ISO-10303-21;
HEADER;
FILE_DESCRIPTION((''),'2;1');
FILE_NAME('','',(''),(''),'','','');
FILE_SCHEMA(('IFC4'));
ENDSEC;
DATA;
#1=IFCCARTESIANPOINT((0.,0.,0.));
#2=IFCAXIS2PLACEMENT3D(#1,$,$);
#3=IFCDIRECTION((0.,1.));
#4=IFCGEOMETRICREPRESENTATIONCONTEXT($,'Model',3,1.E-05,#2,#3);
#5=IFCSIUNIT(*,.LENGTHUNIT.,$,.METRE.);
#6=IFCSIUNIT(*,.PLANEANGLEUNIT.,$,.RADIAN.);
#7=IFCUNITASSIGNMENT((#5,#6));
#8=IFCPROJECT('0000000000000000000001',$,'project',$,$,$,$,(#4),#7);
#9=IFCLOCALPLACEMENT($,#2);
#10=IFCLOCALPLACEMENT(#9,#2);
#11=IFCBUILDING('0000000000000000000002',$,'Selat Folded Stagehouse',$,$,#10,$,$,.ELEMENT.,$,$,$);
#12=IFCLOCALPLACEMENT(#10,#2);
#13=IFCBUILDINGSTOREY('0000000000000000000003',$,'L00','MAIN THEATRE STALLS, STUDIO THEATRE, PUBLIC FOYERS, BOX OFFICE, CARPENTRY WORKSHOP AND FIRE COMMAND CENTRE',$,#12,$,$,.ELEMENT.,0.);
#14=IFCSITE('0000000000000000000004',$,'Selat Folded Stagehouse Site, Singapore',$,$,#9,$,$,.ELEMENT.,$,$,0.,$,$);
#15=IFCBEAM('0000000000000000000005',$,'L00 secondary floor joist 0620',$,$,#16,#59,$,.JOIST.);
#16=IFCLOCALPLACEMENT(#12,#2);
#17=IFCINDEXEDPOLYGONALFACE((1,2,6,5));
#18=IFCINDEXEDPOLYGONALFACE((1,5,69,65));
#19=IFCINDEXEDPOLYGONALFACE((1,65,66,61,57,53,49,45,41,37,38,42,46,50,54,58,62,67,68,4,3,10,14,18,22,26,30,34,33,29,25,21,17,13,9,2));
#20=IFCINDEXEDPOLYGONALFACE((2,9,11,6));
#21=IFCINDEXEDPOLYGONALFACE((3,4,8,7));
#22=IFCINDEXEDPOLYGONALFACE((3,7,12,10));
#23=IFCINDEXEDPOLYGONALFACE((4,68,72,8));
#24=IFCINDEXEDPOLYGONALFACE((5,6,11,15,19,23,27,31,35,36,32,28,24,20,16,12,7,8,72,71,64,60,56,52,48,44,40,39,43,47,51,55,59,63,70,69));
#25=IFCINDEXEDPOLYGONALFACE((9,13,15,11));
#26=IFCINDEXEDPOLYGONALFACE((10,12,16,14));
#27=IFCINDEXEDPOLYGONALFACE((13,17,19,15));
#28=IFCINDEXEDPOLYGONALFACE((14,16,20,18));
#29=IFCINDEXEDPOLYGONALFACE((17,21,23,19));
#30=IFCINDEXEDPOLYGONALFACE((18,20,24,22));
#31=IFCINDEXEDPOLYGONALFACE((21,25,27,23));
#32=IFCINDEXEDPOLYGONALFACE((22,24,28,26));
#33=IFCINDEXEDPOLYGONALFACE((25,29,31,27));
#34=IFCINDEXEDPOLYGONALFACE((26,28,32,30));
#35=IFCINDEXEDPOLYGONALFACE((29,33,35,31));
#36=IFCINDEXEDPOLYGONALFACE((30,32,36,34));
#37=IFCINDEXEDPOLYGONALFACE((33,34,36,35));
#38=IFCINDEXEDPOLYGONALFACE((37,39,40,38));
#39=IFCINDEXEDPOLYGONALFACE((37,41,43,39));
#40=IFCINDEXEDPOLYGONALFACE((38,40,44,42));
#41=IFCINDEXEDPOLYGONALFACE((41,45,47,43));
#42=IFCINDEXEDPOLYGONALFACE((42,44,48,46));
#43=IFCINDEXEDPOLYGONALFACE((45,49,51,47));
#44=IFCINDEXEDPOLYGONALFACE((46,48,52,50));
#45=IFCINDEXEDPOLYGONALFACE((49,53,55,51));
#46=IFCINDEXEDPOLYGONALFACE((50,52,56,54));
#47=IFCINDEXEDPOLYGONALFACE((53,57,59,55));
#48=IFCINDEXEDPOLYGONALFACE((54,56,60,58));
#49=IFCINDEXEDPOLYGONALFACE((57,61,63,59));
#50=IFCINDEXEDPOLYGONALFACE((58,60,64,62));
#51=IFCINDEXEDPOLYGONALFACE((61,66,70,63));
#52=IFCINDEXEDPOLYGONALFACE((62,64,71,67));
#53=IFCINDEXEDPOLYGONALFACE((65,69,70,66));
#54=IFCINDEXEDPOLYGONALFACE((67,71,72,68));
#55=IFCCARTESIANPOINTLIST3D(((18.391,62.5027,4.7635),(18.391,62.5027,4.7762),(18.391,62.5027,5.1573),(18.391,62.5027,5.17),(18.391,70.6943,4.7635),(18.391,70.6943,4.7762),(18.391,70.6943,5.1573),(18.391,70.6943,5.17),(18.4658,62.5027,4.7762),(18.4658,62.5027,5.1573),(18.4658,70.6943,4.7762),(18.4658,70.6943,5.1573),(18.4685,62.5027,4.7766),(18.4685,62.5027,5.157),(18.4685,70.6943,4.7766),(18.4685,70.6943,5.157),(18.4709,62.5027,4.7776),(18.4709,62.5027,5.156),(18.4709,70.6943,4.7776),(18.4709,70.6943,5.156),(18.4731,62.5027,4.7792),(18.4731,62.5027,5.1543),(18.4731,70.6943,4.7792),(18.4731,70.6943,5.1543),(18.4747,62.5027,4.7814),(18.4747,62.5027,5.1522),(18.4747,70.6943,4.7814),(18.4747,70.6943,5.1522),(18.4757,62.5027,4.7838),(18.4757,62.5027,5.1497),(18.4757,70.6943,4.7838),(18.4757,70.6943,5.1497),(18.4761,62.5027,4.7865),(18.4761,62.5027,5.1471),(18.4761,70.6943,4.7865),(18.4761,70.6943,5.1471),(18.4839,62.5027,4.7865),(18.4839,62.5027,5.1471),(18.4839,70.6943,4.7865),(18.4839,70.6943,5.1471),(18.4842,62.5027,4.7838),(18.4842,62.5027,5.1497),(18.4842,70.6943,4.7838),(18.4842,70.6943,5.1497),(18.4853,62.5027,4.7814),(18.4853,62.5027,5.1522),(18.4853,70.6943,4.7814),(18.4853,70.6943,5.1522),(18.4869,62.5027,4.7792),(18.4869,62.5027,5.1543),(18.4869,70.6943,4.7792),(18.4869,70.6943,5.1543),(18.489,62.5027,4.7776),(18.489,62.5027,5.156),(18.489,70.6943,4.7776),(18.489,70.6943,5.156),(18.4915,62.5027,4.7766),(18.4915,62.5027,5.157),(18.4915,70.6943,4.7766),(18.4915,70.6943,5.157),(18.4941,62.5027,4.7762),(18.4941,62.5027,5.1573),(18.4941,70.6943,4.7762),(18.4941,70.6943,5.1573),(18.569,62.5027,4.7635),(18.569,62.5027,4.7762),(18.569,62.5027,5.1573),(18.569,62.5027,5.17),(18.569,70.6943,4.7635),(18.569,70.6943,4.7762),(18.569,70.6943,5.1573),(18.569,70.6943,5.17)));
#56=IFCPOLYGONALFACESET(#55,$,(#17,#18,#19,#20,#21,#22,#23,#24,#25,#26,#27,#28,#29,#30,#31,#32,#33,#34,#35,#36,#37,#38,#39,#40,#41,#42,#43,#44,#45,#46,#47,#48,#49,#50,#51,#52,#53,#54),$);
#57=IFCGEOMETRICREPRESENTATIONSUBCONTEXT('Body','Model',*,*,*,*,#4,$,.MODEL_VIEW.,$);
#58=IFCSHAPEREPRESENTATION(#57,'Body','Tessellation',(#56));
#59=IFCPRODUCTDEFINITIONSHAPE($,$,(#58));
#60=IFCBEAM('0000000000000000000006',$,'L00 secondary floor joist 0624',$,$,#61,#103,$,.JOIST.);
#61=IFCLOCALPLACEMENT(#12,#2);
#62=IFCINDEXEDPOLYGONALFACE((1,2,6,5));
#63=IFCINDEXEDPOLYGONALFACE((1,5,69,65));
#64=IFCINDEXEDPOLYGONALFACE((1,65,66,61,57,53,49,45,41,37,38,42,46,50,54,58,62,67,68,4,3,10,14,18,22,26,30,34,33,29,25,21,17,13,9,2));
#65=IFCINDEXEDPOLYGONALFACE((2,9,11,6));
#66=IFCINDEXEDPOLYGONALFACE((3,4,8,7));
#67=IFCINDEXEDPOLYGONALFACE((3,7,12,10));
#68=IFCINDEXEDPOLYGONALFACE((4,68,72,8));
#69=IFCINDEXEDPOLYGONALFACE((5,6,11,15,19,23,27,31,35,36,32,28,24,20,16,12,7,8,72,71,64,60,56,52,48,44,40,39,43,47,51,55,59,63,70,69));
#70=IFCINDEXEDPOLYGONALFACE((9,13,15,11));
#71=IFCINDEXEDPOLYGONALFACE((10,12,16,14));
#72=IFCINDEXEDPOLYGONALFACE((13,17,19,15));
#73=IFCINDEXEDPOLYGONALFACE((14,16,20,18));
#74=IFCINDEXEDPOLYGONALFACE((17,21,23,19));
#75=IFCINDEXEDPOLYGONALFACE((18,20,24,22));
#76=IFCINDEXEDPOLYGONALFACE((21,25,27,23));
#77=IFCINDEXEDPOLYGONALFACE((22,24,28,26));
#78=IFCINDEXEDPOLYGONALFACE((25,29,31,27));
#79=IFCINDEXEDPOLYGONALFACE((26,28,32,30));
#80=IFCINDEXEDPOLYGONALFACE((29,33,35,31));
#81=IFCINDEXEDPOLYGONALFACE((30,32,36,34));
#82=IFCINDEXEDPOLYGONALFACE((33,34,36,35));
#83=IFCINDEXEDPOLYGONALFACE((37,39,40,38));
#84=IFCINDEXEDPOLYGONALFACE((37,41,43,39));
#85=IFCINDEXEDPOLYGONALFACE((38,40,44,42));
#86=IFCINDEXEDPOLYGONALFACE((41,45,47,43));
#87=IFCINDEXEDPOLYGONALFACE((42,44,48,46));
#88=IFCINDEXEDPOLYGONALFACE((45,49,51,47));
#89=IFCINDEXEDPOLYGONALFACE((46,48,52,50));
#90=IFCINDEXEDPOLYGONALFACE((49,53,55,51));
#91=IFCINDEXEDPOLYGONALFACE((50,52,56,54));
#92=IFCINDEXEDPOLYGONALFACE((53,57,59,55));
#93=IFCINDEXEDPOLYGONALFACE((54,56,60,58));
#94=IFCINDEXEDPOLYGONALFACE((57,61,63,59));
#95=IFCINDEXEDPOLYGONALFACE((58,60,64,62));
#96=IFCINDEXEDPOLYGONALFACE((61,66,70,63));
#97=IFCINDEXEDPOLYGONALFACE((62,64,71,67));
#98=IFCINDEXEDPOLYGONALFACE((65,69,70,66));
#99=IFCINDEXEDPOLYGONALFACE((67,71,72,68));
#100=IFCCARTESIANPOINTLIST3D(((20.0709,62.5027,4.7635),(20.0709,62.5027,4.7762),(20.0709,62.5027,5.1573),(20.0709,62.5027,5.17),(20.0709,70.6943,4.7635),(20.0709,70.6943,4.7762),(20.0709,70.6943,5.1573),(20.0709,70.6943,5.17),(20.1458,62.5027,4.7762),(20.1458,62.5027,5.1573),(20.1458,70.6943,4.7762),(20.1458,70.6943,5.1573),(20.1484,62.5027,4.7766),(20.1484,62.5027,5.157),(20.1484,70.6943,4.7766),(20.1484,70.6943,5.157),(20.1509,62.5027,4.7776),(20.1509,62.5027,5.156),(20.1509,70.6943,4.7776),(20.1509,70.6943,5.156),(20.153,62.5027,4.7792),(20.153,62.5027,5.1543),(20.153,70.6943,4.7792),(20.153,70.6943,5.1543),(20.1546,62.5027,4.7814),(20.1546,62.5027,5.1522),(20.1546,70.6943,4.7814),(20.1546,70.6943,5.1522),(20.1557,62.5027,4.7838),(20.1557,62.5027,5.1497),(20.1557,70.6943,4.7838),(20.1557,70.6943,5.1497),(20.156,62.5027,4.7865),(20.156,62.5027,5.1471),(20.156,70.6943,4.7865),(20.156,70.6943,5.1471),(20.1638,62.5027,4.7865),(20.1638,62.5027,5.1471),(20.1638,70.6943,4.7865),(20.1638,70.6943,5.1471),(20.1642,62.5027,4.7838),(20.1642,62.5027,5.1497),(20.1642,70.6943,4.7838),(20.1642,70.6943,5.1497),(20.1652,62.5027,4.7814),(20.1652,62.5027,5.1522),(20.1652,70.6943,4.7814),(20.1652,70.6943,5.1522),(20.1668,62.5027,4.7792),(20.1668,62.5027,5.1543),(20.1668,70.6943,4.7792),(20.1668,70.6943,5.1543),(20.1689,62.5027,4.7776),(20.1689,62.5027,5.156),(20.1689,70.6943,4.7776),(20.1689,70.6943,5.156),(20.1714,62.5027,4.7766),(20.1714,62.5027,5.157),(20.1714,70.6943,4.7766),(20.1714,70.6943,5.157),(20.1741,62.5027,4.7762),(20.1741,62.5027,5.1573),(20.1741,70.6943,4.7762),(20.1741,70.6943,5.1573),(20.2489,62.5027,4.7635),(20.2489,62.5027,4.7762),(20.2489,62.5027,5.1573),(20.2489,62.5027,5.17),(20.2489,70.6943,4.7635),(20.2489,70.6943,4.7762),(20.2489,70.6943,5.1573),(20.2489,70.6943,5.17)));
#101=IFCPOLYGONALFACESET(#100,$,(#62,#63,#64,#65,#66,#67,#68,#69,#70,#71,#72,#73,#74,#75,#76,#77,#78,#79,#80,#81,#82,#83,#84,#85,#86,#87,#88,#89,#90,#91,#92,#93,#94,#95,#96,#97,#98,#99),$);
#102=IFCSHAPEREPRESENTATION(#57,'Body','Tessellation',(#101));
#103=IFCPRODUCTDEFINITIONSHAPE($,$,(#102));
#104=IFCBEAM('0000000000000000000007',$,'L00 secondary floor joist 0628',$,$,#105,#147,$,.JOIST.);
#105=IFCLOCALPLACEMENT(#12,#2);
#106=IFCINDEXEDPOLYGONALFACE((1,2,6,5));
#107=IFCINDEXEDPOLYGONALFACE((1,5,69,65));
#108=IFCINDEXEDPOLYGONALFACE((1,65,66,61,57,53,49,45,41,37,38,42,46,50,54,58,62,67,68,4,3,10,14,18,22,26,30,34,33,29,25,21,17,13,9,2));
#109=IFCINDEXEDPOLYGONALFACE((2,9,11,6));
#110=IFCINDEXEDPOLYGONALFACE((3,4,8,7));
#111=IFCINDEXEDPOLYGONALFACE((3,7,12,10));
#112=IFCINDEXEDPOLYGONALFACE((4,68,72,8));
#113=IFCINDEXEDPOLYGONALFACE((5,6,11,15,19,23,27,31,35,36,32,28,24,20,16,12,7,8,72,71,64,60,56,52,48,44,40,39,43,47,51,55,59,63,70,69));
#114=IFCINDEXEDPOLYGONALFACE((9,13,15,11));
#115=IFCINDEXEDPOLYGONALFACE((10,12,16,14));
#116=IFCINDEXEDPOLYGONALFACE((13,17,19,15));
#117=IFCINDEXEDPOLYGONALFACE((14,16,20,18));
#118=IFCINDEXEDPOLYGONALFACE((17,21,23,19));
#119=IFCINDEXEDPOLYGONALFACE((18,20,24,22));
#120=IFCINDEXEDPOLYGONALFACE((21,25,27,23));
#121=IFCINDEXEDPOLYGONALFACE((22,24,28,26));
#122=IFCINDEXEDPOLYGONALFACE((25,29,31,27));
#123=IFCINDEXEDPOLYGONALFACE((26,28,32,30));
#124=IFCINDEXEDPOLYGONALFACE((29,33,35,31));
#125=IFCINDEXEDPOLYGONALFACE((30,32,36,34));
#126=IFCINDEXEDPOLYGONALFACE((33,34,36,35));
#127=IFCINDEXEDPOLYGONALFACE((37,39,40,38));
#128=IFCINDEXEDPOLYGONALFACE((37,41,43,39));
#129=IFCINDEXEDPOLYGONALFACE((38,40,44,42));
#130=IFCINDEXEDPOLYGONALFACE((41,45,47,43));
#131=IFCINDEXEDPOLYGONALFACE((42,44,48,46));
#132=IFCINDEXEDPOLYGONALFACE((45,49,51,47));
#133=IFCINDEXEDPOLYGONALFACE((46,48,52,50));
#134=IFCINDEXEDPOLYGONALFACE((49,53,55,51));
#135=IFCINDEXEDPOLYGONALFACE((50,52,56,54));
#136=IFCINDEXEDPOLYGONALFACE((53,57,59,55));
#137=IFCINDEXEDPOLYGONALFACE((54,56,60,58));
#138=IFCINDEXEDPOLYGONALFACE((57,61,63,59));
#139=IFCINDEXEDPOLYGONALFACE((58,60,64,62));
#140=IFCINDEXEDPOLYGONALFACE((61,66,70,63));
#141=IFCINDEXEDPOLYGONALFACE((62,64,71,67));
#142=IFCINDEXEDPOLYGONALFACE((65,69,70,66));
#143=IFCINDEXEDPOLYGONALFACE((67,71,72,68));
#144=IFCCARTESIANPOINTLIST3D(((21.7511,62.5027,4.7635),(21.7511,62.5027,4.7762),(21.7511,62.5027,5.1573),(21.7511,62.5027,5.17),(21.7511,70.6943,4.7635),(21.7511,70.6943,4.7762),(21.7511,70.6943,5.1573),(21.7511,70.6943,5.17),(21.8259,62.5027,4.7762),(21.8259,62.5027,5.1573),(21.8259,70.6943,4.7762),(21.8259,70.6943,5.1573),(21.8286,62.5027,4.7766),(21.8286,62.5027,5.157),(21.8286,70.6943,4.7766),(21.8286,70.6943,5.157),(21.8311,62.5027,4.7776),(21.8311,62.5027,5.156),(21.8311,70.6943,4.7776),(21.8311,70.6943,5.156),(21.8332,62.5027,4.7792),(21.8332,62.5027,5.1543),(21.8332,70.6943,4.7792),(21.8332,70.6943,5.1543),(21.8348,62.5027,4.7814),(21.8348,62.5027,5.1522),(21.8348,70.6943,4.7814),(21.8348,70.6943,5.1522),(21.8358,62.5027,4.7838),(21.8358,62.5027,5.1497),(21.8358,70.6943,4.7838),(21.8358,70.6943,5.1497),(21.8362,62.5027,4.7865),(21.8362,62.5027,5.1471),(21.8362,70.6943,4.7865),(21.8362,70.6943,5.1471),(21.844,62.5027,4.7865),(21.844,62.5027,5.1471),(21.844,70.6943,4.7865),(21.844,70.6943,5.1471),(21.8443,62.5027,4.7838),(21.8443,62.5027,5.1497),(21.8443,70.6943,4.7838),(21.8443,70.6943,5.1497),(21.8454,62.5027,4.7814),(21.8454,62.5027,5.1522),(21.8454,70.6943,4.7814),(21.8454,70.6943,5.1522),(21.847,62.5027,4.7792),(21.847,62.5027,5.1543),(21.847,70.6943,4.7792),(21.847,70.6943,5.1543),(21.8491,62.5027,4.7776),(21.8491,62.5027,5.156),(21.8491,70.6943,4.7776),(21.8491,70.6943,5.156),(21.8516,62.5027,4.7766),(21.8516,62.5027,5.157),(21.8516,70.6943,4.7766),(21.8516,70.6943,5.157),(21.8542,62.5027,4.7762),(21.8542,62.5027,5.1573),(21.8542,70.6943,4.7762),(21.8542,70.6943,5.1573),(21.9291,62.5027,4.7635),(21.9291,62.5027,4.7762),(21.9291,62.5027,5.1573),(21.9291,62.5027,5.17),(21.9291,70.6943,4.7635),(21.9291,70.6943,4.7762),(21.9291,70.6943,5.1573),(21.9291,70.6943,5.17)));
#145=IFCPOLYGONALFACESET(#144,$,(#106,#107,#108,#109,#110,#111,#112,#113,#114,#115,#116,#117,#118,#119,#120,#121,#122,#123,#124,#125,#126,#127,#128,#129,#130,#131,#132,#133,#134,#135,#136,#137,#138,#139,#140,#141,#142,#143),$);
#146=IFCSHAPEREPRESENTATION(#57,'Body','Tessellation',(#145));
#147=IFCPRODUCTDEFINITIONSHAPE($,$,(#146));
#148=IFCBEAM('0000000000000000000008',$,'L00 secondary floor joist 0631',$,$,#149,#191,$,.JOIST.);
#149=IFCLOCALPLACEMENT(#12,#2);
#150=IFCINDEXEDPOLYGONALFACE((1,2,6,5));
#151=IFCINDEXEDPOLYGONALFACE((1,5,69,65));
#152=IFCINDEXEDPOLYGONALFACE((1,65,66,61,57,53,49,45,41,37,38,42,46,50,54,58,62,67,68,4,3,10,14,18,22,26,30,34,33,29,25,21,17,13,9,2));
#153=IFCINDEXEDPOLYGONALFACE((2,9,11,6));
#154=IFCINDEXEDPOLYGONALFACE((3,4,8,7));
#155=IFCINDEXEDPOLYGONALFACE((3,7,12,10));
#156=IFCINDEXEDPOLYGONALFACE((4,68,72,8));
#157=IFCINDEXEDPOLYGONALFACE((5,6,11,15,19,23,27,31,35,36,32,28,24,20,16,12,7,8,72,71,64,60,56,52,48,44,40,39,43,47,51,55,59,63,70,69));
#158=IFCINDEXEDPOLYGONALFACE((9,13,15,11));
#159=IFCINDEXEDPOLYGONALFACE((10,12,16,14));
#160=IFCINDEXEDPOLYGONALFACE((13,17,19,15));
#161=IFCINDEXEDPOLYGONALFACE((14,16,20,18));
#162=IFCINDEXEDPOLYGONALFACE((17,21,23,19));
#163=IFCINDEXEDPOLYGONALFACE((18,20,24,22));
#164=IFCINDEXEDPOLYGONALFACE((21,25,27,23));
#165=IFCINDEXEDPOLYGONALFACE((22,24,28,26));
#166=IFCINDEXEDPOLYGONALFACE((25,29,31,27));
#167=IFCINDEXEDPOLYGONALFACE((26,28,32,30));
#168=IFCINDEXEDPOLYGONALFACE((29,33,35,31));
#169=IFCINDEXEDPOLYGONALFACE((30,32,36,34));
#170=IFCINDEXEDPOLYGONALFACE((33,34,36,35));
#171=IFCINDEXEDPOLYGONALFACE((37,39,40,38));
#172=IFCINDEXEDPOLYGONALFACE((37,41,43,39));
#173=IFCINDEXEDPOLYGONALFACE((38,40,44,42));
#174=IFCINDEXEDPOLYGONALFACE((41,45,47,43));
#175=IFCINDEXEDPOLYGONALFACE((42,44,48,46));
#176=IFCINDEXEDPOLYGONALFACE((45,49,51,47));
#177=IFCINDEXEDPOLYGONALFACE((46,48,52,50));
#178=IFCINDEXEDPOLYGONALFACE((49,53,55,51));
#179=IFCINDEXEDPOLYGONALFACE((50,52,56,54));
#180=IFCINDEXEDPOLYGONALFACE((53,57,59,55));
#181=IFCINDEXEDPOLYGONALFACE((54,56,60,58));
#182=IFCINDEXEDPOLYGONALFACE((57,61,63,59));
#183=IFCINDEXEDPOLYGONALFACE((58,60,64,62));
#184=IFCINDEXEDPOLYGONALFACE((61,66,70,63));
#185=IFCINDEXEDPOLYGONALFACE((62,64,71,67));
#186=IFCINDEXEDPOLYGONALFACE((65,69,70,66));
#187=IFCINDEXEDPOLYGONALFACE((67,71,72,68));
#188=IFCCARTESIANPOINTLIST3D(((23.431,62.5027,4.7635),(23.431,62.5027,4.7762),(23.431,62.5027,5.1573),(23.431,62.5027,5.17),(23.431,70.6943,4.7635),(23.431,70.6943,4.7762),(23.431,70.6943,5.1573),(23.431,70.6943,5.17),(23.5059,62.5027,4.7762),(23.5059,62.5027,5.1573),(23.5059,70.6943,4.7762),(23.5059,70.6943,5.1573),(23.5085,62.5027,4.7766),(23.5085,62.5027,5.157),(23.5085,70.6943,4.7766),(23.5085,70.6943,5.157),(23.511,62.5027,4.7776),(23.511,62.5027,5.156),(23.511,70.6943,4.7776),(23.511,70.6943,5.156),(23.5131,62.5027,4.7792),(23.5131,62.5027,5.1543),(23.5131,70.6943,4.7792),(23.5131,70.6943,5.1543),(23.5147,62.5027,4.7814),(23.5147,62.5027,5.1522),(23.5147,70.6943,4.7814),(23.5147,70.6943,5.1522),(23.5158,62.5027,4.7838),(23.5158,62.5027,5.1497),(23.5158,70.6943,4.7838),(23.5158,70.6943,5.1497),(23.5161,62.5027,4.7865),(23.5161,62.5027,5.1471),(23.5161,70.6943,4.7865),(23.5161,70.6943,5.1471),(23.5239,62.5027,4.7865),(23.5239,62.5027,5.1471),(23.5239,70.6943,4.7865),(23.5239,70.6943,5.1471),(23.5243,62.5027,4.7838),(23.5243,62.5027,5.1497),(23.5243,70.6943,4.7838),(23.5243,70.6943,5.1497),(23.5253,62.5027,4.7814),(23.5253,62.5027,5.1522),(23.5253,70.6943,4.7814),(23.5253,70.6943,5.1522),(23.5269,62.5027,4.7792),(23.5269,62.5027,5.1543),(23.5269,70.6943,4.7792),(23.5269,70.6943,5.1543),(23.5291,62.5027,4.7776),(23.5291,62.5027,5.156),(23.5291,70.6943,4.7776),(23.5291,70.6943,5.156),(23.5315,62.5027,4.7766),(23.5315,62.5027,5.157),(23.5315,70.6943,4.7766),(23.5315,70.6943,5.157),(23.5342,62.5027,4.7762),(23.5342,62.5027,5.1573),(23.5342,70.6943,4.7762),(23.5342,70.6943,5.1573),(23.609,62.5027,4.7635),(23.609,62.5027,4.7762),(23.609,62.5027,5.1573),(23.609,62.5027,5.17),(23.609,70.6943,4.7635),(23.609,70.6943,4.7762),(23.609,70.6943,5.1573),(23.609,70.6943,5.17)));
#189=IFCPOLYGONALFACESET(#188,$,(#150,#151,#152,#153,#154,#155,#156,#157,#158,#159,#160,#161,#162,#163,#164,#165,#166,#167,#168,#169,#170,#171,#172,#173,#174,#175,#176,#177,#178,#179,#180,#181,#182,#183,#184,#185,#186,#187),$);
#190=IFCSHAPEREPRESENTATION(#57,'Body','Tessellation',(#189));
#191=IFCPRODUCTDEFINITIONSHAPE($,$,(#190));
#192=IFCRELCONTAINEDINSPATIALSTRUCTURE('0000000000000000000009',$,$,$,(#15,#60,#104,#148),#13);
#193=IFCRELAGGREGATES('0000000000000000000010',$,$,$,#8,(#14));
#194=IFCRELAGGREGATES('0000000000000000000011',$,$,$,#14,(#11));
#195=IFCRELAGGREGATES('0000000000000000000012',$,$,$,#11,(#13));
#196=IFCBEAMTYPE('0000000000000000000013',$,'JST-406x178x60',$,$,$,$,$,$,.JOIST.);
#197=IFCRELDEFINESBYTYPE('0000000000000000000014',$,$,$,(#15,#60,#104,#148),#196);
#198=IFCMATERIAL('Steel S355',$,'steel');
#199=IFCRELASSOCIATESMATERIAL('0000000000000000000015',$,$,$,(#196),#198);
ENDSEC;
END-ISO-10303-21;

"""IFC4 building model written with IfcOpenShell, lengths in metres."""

from ifc_helpers import new_model, si_unit, direction, frame, origin, origin_2d, place, context, subcontext, project, spatial, i_section, extrude, material, material_profile, profile_set, type_object, element, save


model = new_model("IFC4")

# Units and contexts
model_context = context("Model", 3, precision=1e-05, world=origin(), true_north=direction((0.0, 1.0)))
body_context = subcontext(model_context, "Body", "Model", "MODEL_VIEW")
ifc_project = project(units=[si_unit("LENGTHUNIT", "METRE"), si_unit("PLANEANGLEUNIT", "RADIAN")], contexts=[model_context])

# Site, building, storey
site_placement = place(None, origin())
site = spatial("IfcSite", under=ifc_project, at=site_placement, Name="Selat Folded Stagehouse Site, Singapore", CompositionType="ELEMENT", RefElevation=0.0)
building_placement = place(site_placement, origin())
building = spatial("IfcBuilding", under=site, at=building_placement, Name="Selat Folded Stagehouse", CompositionType="ELEMENT")
storey_placement = place(building_placement, origin())
storey = spatial("IfcBuildingStorey", under=building, at=storey_placement, Name="L00", Description="MAIN THEATRE STALLS, STUDIO THEATRE, PUBLIC FOYERS, BOX OFFICE, CARPENTRY WORKSHOP AND FIRE COMMAND CENTRE", CompositionType="ELEMENT", Elevation=0.0)

# Shared definitions
ifc_material_1 = material(Name="Steel S355", Category="steel")

# Beams
ifc_material_profile_1 = material_profile(ifc_material_1, i_section(OverallWidth=0.178, OverallDepth=0.4065, WebThickness=0.0078, FlangeThickness=0.0127, FilletRadius=0.0103, at=origin_2d()), Name="UKB 406x178x60")
ifc_profile_set_1 = profile_set([ifc_material_profile_1], Name="Steel S355")
beam_type_1 = type_object("IfcBeamType", Name="JST-406x178x60", PredefinedType="JOIST", material=ifc_profile_set_1)
for number, where, z_axis, x_axis, name in (
    (1, (18.48, 62.5027, 4.9668), (0.0, 1.0, 0.0), (-1.0, 0.0, 0.0), "L00 secondary floor joist 0620"),
    (2, (20.1599, 62.5027, 4.9668), (0.0, 1.0, 0.0), (-1.0, 0.0, 0.0), "L00 secondary floor joist 0624"),
    (3, (21.8401, 62.5027, 4.9668), (0.0, 1.0, 0.0), (-1.0, 0.0, 0.0), "L00 secondary floor joist 0628"),
    (4, (23.52, 62.5027, 4.9668), (0.0, 1.0, 0.0), (-1.0, 0.0, 0.0), "L00 secondary floor joist 0631"),
):
    element("IfcBeam", number, at=place(storey_placement, frame(where, z_axis=z_axis, x_axis=x_axis)), inside=storey, type_object=beam_type_1, Name=name, PredefinedType="JOIST", context=body_context, shape_type="SweptSolid", body=[
        extrude(i_section(OverallWidth=0.178, OverallDepth=0.4065, WebThickness=0.0078, FlangeThickness=0.0127, FilletRadius=0.0103, at=origin_2d()), origin(), (0.0, 0.0, 1.0), 8.1917),
    ])

save(model, "model.ifc")
